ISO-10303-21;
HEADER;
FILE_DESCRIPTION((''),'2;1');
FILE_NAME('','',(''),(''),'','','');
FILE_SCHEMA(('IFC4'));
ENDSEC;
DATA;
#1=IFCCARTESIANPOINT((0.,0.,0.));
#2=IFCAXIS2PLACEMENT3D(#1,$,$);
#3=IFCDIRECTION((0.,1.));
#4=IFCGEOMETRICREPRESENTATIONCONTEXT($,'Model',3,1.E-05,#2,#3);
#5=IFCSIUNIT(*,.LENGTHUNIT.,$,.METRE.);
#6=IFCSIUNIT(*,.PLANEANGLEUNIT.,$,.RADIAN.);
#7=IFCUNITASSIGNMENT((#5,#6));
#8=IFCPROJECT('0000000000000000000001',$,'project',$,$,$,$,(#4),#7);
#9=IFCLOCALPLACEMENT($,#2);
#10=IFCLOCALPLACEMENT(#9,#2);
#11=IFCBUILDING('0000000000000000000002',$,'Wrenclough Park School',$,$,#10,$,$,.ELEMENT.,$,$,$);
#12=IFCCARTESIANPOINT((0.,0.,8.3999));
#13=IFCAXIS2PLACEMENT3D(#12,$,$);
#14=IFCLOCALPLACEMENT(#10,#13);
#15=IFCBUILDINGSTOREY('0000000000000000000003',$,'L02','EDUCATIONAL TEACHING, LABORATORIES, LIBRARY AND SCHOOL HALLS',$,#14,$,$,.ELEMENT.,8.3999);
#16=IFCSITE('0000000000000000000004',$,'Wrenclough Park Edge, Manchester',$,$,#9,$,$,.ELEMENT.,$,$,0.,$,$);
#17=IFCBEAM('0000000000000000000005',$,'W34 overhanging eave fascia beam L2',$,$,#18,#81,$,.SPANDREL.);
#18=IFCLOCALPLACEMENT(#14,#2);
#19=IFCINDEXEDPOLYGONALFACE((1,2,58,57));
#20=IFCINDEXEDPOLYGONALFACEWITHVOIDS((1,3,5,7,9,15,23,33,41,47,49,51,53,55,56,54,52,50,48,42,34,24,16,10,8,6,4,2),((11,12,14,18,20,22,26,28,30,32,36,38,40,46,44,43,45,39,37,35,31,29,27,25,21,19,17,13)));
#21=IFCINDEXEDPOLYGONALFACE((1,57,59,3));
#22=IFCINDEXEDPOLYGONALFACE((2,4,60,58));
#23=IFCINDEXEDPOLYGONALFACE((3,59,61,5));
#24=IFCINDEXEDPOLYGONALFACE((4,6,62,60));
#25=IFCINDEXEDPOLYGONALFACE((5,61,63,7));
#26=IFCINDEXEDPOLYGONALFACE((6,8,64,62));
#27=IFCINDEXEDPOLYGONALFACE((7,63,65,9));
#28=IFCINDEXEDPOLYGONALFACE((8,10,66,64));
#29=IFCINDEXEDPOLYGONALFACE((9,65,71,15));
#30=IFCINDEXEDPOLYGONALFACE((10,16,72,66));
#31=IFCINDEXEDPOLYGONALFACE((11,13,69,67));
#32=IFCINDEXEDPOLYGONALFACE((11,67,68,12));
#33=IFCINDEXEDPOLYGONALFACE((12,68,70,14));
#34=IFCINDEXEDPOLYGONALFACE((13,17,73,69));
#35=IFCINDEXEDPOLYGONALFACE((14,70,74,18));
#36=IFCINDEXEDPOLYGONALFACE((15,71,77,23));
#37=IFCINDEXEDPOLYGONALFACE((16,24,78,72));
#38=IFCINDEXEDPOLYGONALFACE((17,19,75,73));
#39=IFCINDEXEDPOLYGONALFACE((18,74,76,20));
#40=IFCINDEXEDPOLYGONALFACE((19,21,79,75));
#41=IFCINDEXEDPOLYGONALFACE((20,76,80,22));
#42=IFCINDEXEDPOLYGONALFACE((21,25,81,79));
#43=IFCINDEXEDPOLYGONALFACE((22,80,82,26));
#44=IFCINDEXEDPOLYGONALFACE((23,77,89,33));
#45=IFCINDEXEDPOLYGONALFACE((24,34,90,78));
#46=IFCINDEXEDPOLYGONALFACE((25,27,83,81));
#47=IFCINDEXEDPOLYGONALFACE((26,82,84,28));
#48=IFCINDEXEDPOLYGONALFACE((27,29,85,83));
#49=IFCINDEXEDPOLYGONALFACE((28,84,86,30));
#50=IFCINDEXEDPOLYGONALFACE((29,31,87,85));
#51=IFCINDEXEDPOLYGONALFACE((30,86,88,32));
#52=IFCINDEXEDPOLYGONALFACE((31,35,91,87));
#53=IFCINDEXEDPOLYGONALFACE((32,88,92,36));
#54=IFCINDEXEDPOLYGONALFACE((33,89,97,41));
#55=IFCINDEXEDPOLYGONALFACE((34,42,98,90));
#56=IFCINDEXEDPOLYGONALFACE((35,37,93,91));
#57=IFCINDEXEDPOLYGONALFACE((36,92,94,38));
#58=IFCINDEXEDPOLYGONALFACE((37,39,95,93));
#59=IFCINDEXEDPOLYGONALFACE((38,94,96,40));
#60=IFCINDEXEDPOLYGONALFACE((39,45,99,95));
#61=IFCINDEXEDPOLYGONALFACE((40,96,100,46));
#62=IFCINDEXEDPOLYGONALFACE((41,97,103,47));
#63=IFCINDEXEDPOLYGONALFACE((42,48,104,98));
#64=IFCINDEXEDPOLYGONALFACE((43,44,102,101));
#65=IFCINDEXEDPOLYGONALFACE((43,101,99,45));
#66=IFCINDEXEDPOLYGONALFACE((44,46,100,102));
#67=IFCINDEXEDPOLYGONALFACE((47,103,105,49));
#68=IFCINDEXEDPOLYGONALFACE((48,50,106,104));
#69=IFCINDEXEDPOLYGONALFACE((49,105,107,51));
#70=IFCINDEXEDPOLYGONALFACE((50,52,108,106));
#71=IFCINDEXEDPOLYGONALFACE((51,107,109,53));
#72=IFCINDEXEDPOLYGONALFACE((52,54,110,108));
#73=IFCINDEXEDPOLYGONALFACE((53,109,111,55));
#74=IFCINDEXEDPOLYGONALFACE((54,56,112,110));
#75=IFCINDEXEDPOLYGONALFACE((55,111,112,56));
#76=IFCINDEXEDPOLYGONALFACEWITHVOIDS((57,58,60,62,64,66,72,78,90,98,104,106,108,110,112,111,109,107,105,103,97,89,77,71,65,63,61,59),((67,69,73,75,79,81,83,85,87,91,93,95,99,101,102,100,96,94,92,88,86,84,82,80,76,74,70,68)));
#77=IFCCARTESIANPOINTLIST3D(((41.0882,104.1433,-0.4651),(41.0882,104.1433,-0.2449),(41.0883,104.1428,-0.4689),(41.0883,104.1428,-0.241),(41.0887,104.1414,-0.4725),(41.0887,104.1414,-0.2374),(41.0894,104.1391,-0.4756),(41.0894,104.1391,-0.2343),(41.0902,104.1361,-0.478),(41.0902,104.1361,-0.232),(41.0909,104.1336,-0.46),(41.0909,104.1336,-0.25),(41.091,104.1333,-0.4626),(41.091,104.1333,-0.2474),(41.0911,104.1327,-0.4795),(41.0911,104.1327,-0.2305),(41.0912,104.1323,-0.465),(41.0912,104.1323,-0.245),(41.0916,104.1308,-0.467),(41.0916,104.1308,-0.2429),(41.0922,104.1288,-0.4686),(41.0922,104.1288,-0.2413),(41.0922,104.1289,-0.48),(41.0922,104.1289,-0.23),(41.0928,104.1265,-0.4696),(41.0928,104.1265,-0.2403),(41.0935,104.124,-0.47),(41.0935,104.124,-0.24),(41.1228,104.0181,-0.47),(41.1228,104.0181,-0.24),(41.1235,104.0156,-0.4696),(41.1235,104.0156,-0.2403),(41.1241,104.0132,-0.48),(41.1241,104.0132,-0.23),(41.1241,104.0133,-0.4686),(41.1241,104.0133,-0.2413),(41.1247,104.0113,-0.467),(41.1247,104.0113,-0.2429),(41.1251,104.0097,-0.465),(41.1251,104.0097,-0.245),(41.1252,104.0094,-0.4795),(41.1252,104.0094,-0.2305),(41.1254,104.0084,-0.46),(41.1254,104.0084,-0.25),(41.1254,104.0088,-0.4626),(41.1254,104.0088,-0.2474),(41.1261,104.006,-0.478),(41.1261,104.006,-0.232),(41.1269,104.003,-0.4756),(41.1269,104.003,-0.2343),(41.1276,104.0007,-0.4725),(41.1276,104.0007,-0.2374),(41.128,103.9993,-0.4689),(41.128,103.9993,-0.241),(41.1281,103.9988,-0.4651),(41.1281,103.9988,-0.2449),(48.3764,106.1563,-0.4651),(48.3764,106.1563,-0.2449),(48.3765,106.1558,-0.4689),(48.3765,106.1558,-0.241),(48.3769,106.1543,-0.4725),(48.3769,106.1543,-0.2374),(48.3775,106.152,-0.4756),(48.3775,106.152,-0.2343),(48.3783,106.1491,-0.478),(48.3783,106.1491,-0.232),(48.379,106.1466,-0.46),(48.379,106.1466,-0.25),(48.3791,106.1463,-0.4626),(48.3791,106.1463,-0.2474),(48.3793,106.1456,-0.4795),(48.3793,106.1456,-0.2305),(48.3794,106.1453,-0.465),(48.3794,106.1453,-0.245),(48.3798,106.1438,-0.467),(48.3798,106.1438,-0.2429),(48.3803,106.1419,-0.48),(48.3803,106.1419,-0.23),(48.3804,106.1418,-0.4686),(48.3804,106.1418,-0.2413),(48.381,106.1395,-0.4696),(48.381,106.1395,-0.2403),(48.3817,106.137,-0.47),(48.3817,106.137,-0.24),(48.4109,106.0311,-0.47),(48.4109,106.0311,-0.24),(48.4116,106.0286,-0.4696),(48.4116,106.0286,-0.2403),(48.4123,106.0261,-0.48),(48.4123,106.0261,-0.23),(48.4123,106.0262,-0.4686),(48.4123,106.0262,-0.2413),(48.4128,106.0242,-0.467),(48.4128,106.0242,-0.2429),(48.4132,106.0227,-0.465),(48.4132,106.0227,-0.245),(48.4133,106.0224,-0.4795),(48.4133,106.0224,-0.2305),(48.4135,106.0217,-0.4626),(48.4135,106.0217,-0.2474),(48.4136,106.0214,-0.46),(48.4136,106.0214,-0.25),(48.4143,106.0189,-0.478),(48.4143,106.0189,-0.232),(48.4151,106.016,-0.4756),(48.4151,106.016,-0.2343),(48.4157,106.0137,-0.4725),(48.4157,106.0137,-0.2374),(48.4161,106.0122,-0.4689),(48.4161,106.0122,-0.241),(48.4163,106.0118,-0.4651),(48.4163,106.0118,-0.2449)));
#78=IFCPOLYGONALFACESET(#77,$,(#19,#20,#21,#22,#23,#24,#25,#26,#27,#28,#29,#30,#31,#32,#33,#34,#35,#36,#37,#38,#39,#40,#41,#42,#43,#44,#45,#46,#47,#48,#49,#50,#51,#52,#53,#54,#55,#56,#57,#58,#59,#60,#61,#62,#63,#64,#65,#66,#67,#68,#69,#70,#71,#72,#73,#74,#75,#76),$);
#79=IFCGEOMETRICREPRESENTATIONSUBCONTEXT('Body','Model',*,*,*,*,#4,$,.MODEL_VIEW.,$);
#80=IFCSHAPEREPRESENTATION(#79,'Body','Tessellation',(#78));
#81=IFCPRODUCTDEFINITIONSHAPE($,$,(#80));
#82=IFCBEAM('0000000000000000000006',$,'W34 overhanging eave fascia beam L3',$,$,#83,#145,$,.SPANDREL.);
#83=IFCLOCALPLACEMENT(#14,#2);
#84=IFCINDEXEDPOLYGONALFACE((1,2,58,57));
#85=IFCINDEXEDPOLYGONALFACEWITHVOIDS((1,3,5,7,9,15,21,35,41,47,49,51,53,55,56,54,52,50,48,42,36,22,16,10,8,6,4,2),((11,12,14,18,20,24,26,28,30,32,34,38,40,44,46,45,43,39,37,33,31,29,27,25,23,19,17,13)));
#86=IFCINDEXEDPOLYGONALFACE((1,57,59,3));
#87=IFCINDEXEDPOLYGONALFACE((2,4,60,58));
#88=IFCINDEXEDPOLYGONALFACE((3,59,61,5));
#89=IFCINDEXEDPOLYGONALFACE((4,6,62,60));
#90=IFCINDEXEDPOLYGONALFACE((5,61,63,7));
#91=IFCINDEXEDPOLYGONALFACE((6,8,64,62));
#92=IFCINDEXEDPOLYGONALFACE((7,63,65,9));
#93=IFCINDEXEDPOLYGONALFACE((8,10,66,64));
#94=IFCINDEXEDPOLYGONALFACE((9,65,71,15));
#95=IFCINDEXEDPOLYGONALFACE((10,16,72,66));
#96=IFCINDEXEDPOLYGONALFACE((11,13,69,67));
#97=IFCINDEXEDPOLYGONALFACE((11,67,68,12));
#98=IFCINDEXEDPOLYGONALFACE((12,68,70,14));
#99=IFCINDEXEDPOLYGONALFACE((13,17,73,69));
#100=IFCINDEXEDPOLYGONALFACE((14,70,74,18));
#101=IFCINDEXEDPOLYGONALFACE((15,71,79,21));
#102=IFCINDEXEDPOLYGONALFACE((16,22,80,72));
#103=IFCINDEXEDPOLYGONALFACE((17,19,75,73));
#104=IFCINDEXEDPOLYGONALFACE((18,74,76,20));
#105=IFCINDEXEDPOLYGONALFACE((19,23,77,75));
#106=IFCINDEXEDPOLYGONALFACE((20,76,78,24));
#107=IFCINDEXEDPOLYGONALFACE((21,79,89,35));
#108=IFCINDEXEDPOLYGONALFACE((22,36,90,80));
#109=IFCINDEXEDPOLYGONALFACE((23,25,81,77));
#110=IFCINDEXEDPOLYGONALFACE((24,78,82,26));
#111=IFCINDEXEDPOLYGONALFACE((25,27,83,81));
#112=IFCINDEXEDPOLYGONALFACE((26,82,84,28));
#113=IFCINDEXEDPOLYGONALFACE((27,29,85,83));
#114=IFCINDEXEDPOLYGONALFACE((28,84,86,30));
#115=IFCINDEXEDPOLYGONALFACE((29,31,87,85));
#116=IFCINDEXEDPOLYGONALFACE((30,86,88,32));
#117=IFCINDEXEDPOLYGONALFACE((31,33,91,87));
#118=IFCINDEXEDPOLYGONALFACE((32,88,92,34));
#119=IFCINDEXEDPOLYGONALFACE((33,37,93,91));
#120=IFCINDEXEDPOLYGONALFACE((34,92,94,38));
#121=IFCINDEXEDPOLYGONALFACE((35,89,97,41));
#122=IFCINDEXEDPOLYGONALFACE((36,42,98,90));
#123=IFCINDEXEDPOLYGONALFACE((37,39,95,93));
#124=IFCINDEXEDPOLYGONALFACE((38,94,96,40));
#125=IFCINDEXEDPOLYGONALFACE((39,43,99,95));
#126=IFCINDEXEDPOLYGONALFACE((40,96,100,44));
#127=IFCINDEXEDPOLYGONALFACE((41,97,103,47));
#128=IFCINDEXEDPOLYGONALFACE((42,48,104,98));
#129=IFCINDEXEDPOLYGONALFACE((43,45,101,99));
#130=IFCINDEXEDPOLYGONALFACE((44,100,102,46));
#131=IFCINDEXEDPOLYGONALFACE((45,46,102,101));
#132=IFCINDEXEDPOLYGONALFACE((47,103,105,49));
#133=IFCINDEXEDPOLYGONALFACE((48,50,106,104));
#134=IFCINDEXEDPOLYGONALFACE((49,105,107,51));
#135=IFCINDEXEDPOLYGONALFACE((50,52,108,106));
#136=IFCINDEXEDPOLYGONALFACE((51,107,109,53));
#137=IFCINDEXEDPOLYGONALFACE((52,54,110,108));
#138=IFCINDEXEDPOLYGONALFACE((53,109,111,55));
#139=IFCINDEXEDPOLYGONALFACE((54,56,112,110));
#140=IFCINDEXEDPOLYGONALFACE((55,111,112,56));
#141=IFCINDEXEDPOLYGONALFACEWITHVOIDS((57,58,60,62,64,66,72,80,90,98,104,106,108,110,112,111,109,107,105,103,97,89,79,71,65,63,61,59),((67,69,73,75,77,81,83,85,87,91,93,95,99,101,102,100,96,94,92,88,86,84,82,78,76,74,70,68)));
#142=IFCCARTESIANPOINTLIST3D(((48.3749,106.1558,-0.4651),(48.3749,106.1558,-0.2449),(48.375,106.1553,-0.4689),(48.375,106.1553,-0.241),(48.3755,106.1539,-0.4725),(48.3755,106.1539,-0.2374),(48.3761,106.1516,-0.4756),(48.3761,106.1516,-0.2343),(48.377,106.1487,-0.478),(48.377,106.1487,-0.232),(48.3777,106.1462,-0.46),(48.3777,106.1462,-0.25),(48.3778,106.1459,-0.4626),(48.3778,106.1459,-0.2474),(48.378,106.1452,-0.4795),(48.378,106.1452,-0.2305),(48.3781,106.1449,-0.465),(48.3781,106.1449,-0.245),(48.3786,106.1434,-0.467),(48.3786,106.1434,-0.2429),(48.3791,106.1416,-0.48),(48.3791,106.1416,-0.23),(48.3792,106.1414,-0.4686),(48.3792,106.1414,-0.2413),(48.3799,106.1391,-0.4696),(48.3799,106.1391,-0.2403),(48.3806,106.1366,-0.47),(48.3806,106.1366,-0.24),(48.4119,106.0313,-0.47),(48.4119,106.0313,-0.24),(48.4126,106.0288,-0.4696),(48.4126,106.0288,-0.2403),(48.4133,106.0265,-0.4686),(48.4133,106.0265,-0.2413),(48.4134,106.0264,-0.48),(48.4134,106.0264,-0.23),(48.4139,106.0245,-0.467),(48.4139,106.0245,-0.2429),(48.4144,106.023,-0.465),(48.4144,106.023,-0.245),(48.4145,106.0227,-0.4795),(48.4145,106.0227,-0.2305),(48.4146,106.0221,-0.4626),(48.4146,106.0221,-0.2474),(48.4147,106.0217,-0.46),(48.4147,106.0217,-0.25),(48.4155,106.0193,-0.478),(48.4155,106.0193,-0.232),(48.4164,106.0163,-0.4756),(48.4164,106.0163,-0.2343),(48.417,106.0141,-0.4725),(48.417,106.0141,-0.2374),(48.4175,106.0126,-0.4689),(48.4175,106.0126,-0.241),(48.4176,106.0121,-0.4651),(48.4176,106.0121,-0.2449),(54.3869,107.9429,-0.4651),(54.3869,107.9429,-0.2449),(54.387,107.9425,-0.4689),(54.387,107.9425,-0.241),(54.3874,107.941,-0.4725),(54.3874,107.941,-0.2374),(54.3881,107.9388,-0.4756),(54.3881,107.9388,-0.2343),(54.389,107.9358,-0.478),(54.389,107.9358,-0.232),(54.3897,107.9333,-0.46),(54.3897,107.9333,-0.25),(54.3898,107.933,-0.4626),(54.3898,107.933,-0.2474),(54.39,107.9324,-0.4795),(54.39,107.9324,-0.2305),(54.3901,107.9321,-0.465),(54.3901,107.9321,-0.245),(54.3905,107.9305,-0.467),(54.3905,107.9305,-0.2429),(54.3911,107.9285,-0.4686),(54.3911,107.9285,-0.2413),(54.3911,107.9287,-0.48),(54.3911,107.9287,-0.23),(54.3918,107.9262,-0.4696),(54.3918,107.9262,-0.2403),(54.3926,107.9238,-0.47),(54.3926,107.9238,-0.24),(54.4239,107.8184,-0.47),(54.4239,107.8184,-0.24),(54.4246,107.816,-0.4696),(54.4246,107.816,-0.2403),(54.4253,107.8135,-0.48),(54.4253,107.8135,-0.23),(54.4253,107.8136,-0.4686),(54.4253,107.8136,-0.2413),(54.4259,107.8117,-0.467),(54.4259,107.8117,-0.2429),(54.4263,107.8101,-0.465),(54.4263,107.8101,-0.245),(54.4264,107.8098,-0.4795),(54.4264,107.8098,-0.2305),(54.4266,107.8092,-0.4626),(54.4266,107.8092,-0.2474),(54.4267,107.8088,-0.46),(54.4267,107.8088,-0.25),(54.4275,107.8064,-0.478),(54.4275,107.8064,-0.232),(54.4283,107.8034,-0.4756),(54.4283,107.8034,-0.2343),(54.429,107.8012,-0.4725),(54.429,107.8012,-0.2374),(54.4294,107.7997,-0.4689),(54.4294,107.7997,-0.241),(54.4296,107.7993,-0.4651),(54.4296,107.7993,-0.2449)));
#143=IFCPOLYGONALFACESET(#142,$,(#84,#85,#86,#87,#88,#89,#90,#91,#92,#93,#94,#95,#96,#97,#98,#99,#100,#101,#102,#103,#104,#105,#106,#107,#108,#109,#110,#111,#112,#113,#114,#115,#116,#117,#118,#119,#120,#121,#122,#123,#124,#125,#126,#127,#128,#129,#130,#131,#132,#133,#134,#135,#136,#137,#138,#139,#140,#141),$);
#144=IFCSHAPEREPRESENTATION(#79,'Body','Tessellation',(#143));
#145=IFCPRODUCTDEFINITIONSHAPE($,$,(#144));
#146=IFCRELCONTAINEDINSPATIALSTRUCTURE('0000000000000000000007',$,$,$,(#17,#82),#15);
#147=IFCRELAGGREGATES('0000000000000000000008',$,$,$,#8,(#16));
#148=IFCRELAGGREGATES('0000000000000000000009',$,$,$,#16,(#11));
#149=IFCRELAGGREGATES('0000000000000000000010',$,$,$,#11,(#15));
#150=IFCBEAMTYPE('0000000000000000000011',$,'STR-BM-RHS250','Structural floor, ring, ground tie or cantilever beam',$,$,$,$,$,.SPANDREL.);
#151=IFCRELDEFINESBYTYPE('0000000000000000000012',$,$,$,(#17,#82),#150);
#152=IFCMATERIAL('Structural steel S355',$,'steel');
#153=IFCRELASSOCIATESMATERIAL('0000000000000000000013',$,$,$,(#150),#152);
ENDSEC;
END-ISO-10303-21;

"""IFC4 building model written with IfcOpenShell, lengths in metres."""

from ifc_helpers import new_model, si_unit, direction, frame, origin, origin_2d, place, context, subcontext, project, spatial, hollow_rectangle, extrude, material, material_profile, profile_set, type_object, element, save


model = new_model("IFC4")

# Units and contexts
model_context = context("Model", 3, precision=1e-05, world=origin(), true_north=direction((0.0, 1.0)))
body_context = subcontext(model_context, "Body", "Model", "MODEL_VIEW")
ifc_project = project(units=[si_unit("LENGTHUNIT", "METRE"), si_unit("PLANEANGLEUNIT", "RADIAN")], contexts=[model_context])

# Site, building, storey
site_placement = place(None, origin())
site = spatial("IfcSite", under=ifc_project, at=site_placement, Name="Wrenclough Park Edge, Manchester", CompositionType="ELEMENT", RefElevation=0.0)
building_placement = place(site_placement, origin())
building = spatial("IfcBuilding", under=site, at=building_placement, Name="Wrenclough Park School", CompositionType="ELEMENT")
storey_placement = place(building_placement, frame((0.0, 0.0, 8.3999)))
storey = spatial("IfcBuildingStorey", under=building, at=storey_placement, Name="L02", Description="EDUCATIONAL TEACHING, LABORATORIES, LIBRARY AND SCHOOL HALLS", CompositionType="ELEMENT", Elevation=8.3999)

# Shared definitions
ifc_material_1 = material(Name="Structural steel S355", Category="steel")

# Beams
ifc_material_profile_1 = material_profile(ifc_material_1, hollow_rectangle(XDim=0.1499, YDim=0.25, WallThickness=0.01, InnerFilletRadius=0.01, OuterFilletRadius=0.0149, at=origin_2d()), Name="RHS 250x150x10.0")
ifc_profile_set_1 = profile_set([ifc_material_profile_1], Name="Structural steel S355")
beam_type_1 = type_object("IfcBeamType", Name="STR-BM-RHS250", Description="Structural floor, ring, ground tie or cantilever beam", PredefinedType="SPANDREL", material=ifc_profile_set_1)
beam_1_placement = place(storey_placement, frame((41.1082, 104.071, -0.355), z_axis=(0.96391, 0.266228, 0.0), x_axis=(-0.266228, 0.96391, 0.0)))
element("IfcBeam", 1, at=beam_1_placement, inside=storey, type_object=beam_type_1, Name="W34 overhanging eave fascia beam L2", PredefinedType="SPANDREL", context=body_context, shape_type="SweptSolid", body=[
    extrude(hollow_rectangle(XDim=0.1499, YDim=0.25, WallThickness=0.01, InnerFilletRadius=0.01, OuterFilletRadius=0.0149, at=origin_2d()), origin(), (0.0, 0.0, 1.0), 7.561),
])
beam_2_placement = place(storey_placement, frame((48.3962, 106.084, -0.355), z_axis=(0.958546, 0.284936, 0.0), x_axis=(-0.284936, 0.958546, 0.0)))
element("IfcBeam", 2, at=beam_2_placement, inside=storey, type_object=beam_type_1, Name="W34 overhanging eave fascia beam L3", PredefinedType="SPANDREL", context=body_context, shape_type="SweptSolid", body=[
    extrude(hollow_rectangle(XDim=0.1499, YDim=0.25, WallThickness=0.01, InnerFilletRadius=0.01, OuterFilletRadius=0.0149, at=origin_2d()), origin(), (0.0, 0.0, 1.0), 6.272),
])

save(model, "model.ifc")
